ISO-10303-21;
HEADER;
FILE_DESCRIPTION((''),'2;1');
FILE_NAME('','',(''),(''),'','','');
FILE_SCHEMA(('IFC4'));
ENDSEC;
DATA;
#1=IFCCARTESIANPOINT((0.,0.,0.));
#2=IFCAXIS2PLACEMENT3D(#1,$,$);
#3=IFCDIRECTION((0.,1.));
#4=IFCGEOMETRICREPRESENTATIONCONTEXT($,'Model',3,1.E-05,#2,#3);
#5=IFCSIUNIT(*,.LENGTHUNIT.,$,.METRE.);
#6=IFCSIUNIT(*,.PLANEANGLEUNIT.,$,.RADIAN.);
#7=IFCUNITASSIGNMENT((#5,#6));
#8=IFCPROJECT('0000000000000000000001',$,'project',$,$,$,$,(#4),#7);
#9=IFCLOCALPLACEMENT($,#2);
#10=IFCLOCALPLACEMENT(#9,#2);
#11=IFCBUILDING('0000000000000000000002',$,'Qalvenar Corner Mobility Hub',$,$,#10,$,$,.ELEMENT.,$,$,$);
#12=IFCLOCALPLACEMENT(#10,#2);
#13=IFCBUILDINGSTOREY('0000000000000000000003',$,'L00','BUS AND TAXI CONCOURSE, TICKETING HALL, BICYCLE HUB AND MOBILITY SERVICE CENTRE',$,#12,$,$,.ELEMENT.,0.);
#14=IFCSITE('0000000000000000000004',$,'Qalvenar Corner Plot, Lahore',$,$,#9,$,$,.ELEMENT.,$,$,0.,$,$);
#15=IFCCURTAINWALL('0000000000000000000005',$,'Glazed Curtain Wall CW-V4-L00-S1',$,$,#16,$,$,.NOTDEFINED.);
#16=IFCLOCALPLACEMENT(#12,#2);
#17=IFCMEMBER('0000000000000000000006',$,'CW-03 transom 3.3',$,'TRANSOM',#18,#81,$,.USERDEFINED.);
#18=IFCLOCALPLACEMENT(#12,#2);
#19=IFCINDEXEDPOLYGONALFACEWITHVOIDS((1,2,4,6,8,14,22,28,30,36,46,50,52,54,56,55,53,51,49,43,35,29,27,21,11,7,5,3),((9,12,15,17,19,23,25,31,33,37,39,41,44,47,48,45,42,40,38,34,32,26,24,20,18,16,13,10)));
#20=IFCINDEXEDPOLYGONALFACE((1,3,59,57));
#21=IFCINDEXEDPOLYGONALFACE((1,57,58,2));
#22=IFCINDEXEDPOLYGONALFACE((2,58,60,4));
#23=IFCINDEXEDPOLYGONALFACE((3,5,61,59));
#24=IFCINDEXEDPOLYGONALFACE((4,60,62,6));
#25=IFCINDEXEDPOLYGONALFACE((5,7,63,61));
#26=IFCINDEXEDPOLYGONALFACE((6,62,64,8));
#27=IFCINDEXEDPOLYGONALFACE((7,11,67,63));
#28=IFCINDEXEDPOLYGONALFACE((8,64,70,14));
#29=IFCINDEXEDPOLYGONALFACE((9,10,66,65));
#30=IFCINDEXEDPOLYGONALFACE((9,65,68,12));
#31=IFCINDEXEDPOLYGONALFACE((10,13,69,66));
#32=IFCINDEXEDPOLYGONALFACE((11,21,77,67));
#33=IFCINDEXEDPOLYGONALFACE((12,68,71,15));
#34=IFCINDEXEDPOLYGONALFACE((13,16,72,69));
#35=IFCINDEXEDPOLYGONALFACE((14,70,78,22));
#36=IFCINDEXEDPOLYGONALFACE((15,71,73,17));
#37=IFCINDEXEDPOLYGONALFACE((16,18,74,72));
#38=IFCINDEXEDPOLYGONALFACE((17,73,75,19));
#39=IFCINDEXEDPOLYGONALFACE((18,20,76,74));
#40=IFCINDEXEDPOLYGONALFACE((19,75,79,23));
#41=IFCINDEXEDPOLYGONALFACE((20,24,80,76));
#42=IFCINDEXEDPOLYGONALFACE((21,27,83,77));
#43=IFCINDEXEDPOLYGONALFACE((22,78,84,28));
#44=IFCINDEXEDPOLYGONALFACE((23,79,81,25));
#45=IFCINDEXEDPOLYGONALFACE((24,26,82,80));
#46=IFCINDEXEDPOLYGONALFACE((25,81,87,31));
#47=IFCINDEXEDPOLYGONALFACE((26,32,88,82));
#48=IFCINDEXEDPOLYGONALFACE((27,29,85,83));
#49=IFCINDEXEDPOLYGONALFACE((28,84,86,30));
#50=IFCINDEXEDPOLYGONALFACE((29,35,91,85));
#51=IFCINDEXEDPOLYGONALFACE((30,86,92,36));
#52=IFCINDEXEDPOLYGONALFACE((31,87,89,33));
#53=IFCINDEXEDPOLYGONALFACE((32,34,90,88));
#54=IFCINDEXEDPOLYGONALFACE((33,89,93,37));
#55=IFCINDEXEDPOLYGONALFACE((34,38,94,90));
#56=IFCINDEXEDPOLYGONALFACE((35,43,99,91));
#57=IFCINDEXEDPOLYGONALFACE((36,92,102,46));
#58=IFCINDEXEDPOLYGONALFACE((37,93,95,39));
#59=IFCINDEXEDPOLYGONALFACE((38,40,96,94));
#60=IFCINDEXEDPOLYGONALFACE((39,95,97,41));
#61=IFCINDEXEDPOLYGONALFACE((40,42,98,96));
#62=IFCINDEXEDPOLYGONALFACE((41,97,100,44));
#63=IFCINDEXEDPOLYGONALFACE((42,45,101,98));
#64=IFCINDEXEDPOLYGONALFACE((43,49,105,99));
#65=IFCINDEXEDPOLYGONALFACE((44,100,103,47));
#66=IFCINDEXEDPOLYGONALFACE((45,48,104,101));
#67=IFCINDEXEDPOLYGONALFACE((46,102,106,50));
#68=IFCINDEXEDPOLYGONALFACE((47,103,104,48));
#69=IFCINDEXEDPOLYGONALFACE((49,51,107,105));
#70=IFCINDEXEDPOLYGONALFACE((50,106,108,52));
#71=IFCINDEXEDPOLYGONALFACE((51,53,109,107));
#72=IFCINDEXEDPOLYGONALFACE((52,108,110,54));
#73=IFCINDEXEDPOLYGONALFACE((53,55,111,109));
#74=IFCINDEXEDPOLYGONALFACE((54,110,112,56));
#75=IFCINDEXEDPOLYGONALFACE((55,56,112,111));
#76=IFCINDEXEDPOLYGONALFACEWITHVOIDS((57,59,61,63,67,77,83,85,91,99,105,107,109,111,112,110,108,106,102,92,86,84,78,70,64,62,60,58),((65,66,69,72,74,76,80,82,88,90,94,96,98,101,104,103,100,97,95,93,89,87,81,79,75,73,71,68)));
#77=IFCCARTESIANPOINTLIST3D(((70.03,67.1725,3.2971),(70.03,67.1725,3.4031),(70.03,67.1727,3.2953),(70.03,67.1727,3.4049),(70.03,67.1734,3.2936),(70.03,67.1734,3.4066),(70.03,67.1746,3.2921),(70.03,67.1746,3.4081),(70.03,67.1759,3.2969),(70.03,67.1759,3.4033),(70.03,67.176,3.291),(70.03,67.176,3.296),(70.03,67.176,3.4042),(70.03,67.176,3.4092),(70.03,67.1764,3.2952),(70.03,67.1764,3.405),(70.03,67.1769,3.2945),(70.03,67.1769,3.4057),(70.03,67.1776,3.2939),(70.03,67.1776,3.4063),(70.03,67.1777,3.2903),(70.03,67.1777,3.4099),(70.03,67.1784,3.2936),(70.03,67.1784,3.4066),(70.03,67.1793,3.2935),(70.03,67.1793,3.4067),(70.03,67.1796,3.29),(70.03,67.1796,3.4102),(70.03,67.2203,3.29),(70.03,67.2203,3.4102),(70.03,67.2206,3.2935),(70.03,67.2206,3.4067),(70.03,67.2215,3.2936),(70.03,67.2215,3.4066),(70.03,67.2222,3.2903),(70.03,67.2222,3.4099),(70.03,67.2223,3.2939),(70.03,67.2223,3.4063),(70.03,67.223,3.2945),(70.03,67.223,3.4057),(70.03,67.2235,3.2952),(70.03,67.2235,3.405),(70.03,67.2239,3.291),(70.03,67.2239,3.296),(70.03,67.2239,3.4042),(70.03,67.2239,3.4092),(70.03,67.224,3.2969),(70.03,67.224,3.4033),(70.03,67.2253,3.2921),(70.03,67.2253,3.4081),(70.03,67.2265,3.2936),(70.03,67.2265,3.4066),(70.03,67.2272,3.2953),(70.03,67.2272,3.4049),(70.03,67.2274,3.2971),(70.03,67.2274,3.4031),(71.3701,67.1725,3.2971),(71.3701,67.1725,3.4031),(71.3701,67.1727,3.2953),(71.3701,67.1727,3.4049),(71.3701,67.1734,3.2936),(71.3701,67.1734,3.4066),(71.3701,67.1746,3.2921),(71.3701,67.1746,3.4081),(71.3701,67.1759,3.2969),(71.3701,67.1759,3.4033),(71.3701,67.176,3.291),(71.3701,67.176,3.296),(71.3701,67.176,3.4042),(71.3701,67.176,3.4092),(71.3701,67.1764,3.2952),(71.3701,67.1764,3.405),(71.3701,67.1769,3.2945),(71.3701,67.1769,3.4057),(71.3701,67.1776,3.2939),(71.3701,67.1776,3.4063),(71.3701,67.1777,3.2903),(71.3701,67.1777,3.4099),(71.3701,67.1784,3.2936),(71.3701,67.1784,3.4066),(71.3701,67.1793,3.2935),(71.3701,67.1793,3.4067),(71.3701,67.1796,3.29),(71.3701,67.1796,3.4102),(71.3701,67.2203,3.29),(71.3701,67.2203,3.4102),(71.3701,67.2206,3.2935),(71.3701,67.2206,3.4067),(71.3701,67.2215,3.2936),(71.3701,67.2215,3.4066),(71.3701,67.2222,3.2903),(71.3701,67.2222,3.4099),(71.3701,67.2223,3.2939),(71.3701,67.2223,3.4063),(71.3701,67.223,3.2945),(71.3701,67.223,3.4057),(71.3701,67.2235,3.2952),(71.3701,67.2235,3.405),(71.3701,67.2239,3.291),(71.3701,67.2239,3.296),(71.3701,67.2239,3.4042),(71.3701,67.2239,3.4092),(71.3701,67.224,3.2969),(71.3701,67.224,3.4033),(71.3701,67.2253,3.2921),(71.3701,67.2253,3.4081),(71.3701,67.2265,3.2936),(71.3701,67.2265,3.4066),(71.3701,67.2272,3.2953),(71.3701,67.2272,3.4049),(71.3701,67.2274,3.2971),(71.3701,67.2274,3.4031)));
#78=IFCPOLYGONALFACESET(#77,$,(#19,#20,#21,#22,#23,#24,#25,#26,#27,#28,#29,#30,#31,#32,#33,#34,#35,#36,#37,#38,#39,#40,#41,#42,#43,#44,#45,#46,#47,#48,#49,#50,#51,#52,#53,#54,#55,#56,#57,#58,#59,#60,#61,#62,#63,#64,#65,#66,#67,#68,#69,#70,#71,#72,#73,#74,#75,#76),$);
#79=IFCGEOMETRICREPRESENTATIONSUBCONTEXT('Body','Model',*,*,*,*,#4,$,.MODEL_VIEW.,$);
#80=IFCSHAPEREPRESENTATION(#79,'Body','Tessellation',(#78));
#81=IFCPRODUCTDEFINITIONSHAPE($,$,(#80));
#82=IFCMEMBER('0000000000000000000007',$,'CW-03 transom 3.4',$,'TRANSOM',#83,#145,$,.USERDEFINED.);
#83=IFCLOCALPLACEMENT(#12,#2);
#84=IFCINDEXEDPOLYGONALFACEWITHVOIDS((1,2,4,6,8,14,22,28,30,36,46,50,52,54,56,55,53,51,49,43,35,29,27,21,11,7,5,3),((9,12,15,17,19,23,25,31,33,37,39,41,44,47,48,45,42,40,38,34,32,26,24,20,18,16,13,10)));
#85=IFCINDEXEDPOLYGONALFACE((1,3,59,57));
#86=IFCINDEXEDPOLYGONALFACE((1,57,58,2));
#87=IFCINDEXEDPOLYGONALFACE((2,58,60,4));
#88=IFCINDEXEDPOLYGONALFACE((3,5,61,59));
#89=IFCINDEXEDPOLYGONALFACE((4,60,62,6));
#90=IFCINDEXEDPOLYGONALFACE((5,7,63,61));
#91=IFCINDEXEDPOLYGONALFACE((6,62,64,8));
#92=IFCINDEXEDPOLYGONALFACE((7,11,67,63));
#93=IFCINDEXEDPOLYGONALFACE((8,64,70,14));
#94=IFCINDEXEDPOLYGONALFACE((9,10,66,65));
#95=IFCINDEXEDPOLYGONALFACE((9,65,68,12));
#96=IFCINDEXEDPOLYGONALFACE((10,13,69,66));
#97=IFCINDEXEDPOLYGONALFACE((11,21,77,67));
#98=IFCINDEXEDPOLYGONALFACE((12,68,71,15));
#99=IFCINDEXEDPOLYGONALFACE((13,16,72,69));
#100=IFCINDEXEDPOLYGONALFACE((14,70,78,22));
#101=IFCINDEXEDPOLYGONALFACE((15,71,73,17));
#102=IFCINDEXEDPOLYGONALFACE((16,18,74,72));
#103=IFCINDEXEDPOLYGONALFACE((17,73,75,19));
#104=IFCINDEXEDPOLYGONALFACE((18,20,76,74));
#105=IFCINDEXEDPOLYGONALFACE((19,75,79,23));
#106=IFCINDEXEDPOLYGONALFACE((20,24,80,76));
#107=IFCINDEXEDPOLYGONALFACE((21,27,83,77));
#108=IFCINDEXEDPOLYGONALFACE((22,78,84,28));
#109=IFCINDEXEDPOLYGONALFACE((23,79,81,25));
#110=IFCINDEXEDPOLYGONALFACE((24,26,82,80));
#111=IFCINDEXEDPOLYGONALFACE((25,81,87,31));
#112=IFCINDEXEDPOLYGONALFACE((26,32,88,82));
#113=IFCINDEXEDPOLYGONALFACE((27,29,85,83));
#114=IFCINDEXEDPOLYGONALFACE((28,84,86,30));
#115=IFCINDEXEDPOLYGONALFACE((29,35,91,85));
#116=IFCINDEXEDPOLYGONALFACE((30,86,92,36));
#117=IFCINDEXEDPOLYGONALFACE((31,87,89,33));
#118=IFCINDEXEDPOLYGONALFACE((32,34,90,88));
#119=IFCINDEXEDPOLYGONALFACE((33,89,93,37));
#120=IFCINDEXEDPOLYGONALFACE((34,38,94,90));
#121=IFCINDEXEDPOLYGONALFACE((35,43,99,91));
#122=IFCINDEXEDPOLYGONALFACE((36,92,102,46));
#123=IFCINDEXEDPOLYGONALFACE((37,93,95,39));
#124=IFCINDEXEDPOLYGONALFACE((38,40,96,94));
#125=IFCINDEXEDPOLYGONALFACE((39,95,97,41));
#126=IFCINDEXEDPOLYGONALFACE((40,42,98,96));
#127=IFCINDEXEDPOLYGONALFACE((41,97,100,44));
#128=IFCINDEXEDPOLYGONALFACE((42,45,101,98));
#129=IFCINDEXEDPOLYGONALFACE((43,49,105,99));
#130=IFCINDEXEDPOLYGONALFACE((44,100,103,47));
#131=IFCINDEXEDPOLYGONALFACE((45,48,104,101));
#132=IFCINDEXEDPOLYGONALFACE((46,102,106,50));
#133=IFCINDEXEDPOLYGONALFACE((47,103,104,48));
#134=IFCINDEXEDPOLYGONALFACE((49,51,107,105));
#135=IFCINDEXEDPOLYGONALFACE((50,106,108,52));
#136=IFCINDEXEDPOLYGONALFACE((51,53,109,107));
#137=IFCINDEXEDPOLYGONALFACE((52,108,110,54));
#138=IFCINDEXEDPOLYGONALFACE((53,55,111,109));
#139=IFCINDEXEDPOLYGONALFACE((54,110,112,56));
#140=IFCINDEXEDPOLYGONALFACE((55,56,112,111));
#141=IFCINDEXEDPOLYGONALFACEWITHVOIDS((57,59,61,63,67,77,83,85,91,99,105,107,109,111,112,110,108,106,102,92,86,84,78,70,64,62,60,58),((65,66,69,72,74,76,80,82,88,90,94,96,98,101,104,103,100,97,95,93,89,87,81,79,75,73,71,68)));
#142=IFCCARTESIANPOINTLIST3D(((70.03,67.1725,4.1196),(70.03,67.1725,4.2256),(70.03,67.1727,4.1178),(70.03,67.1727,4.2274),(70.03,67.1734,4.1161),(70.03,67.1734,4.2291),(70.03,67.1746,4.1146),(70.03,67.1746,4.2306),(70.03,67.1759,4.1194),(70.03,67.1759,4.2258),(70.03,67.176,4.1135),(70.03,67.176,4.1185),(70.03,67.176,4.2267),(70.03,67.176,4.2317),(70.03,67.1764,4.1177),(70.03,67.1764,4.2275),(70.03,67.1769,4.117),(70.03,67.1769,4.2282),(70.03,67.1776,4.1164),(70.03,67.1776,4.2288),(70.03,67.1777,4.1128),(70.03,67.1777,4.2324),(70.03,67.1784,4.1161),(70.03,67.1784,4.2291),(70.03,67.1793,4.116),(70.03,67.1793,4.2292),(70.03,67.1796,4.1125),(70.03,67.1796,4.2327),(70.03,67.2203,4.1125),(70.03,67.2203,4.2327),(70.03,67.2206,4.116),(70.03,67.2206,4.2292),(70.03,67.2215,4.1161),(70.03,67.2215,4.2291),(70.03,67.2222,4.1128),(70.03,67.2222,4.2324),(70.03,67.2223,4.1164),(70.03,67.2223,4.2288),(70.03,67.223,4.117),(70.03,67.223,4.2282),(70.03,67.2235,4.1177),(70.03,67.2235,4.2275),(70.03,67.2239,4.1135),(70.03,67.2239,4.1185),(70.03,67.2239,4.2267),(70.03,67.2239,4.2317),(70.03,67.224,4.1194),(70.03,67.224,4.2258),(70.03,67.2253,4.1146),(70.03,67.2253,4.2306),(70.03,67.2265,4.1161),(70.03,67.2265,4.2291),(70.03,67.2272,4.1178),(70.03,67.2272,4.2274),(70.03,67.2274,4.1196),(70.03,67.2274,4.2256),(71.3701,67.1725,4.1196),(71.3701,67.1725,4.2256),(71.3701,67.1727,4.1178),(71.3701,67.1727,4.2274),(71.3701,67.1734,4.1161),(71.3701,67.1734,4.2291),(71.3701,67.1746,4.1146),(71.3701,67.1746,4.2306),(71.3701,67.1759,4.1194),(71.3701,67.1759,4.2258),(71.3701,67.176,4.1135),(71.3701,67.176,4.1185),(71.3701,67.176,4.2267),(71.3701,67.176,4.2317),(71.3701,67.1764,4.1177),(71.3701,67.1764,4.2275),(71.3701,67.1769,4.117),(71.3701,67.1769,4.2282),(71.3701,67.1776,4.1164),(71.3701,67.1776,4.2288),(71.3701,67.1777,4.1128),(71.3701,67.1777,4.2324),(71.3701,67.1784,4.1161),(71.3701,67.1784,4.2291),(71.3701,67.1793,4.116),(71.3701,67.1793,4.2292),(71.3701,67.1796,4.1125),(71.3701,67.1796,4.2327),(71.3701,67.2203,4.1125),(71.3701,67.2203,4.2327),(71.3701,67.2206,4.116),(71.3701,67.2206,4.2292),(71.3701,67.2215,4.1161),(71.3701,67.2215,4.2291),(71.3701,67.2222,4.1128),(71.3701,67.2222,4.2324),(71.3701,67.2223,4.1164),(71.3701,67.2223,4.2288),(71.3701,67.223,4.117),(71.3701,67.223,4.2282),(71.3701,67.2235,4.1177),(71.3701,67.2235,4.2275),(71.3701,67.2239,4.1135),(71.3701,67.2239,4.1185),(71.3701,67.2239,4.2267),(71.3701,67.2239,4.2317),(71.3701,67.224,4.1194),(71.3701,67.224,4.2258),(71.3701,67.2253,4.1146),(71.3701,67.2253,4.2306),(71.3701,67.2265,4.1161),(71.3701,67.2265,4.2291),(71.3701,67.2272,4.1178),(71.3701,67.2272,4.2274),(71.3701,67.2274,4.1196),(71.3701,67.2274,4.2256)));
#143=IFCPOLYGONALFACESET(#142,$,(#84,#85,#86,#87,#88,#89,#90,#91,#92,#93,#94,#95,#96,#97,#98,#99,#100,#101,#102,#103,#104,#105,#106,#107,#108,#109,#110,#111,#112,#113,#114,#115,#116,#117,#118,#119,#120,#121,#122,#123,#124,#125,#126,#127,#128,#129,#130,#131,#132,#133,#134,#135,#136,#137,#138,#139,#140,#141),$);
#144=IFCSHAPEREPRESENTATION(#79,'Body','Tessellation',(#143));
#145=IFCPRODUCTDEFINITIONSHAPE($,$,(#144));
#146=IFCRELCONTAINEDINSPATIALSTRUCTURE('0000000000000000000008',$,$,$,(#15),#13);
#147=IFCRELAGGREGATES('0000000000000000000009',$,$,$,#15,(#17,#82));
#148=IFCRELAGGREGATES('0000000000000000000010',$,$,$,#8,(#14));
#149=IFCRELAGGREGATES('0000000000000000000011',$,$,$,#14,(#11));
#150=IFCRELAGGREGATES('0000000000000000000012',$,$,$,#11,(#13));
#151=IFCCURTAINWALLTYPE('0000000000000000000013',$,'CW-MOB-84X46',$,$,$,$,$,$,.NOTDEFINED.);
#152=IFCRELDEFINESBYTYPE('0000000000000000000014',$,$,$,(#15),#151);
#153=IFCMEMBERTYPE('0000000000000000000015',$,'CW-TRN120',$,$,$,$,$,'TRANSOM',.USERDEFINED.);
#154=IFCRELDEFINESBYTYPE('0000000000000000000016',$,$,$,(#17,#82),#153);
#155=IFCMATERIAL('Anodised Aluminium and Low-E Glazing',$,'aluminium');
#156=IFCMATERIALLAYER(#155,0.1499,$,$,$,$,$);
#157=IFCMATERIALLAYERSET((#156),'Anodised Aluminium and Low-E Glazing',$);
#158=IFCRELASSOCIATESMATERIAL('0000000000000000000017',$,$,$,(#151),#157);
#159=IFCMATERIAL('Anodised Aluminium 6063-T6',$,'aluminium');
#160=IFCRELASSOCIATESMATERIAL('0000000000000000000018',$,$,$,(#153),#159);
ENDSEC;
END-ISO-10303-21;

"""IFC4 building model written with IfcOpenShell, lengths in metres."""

from ifc_helpers import new_model, si_unit, direction, frame, origin, origin_2d, place, context, subcontext, project, spatial, hollow_rectangle, extrude, material, layer, layer_set, material_profile, profile_set, type_object, element, aggregate, save


model = new_model("IFC4")

# Units and contexts
model_context = context("Model", 3, precision=1e-05, world=origin(), true_north=direction((0.0, 1.0)))
body_context = subcontext(model_context, "Body", "Model", "MODEL_VIEW")
ifc_project = project(units=[si_unit("LENGTHUNIT", "METRE"), si_unit("PLANEANGLEUNIT", "RADIAN")], contexts=[model_context])

# Site, building, storey
site_placement = place(None, origin())
site = spatial("IfcSite", under=ifc_project, at=site_placement, Name="Qalvenar Corner Plot, Lahore", CompositionType="ELEMENT", RefElevation=0.0)
building_placement = place(site_placement, origin())
building = spatial("IfcBuilding", under=site, at=building_placement, Name="Qalvenar Corner Mobility Hub", CompositionType="ELEMENT")
storey_placement = place(building_placement, origin())
storey = spatial("IfcBuildingStorey", under=building, at=storey_placement, Name="L00", Description="BUS AND TAXI CONCOURSE, TICKETING HALL, BICYCLE HUB AND MOBILITY SERVICE CENTRE", CompositionType="ELEMENT", Elevation=0.0)

# Curtain wall, members
ifc_material_1 = material(Name="Anodised Aluminium and Low-E Glazing", Category="aluminium")
ifc_layer_1 = layer(ifc_material_1, 0.1499)
ifc_layer_set_1 = layer_set([ifc_layer_1], Name="Anodised Aluminium and Low-E Glazing")
curtain_wall_type = type_object("IfcCurtainWallType", Name="CW-MOB-84X46", PredefinedType="NOTDEFINED", material=ifc_layer_set_1)
curtain_wall_placement = place(storey_placement, origin())
curtain_wall = element("IfcCurtainWall", 1, at=curtain_wall_placement, inside=storey, type_object=curtain_wall_type, Name="Glazed Curtain Wall CW-V4-L00-S1", PredefinedType="NOTDEFINED")
ifc_material_2 = material(Name="Anodised Aluminium 6063-T6", Category="aluminium")
ifc_material_profile_1 = material_profile(ifc_material_2, hollow_rectangle(XDim=0.0549, YDim=0.1201, WallThickness=0.0034, InnerFilletRadius=0.0034, OuterFilletRadius=0.0071, at=origin_2d()), Name="RHS120x55x3.5")
ifc_profile_set_1 = profile_set([ifc_material_profile_1], Name="Anodised Aluminium 6063-T6")
member_type_1 = type_object("IfcMemberType", Name="CW-TRN120", ElementType="TRANSOM", PredefinedType="USERDEFINED", material=ifc_profile_set_1)
member_1_placement = place(storey_placement, frame((70.03, 67.2, 3.3501), z_axis=(1.0, 0.0, 0.0), x_axis=(0.0, 1.0, 0.0)))
member_1 = element("IfcMember", 2, at=member_1_placement, type_object=member_type_1, Name="CW-03 transom 3.3", ObjectType="TRANSOM", PredefinedType="USERDEFINED", context=body_context, shape_type="SweptSolid", body=[
    extrude(hollow_rectangle(XDim=0.0549, YDim=0.1201, WallThickness=0.0034, InnerFilletRadius=0.0034, OuterFilletRadius=0.0071, at=origin_2d()), origin(), (0.0, 0.0, 1.0), 1.3401),
])
member_2_placement = place(storey_placement, frame((70.03, 67.2, 4.1726), z_axis=(1.0, 0.0, 0.0), x_axis=(0.0, 1.0, 0.0)))
member_2 = element("IfcMember", 3, at=member_2_placement, type_object=member_type_1, Name="CW-03 transom 3.4", ObjectType="TRANSOM", PredefinedType="USERDEFINED", context=body_context, shape_type="SweptSolid", body=[
    extrude(hollow_rectangle(XDim=0.0549, YDim=0.1201, WallThickness=0.0034, InnerFilletRadius=0.0034, OuterFilletRadius=0.0071, at=origin_2d()), origin(), (0.0, 0.0, 1.0), 1.3401),
])
aggregate(curtain_wall, [member_1, member_2])

save(model, "model.ifc")
